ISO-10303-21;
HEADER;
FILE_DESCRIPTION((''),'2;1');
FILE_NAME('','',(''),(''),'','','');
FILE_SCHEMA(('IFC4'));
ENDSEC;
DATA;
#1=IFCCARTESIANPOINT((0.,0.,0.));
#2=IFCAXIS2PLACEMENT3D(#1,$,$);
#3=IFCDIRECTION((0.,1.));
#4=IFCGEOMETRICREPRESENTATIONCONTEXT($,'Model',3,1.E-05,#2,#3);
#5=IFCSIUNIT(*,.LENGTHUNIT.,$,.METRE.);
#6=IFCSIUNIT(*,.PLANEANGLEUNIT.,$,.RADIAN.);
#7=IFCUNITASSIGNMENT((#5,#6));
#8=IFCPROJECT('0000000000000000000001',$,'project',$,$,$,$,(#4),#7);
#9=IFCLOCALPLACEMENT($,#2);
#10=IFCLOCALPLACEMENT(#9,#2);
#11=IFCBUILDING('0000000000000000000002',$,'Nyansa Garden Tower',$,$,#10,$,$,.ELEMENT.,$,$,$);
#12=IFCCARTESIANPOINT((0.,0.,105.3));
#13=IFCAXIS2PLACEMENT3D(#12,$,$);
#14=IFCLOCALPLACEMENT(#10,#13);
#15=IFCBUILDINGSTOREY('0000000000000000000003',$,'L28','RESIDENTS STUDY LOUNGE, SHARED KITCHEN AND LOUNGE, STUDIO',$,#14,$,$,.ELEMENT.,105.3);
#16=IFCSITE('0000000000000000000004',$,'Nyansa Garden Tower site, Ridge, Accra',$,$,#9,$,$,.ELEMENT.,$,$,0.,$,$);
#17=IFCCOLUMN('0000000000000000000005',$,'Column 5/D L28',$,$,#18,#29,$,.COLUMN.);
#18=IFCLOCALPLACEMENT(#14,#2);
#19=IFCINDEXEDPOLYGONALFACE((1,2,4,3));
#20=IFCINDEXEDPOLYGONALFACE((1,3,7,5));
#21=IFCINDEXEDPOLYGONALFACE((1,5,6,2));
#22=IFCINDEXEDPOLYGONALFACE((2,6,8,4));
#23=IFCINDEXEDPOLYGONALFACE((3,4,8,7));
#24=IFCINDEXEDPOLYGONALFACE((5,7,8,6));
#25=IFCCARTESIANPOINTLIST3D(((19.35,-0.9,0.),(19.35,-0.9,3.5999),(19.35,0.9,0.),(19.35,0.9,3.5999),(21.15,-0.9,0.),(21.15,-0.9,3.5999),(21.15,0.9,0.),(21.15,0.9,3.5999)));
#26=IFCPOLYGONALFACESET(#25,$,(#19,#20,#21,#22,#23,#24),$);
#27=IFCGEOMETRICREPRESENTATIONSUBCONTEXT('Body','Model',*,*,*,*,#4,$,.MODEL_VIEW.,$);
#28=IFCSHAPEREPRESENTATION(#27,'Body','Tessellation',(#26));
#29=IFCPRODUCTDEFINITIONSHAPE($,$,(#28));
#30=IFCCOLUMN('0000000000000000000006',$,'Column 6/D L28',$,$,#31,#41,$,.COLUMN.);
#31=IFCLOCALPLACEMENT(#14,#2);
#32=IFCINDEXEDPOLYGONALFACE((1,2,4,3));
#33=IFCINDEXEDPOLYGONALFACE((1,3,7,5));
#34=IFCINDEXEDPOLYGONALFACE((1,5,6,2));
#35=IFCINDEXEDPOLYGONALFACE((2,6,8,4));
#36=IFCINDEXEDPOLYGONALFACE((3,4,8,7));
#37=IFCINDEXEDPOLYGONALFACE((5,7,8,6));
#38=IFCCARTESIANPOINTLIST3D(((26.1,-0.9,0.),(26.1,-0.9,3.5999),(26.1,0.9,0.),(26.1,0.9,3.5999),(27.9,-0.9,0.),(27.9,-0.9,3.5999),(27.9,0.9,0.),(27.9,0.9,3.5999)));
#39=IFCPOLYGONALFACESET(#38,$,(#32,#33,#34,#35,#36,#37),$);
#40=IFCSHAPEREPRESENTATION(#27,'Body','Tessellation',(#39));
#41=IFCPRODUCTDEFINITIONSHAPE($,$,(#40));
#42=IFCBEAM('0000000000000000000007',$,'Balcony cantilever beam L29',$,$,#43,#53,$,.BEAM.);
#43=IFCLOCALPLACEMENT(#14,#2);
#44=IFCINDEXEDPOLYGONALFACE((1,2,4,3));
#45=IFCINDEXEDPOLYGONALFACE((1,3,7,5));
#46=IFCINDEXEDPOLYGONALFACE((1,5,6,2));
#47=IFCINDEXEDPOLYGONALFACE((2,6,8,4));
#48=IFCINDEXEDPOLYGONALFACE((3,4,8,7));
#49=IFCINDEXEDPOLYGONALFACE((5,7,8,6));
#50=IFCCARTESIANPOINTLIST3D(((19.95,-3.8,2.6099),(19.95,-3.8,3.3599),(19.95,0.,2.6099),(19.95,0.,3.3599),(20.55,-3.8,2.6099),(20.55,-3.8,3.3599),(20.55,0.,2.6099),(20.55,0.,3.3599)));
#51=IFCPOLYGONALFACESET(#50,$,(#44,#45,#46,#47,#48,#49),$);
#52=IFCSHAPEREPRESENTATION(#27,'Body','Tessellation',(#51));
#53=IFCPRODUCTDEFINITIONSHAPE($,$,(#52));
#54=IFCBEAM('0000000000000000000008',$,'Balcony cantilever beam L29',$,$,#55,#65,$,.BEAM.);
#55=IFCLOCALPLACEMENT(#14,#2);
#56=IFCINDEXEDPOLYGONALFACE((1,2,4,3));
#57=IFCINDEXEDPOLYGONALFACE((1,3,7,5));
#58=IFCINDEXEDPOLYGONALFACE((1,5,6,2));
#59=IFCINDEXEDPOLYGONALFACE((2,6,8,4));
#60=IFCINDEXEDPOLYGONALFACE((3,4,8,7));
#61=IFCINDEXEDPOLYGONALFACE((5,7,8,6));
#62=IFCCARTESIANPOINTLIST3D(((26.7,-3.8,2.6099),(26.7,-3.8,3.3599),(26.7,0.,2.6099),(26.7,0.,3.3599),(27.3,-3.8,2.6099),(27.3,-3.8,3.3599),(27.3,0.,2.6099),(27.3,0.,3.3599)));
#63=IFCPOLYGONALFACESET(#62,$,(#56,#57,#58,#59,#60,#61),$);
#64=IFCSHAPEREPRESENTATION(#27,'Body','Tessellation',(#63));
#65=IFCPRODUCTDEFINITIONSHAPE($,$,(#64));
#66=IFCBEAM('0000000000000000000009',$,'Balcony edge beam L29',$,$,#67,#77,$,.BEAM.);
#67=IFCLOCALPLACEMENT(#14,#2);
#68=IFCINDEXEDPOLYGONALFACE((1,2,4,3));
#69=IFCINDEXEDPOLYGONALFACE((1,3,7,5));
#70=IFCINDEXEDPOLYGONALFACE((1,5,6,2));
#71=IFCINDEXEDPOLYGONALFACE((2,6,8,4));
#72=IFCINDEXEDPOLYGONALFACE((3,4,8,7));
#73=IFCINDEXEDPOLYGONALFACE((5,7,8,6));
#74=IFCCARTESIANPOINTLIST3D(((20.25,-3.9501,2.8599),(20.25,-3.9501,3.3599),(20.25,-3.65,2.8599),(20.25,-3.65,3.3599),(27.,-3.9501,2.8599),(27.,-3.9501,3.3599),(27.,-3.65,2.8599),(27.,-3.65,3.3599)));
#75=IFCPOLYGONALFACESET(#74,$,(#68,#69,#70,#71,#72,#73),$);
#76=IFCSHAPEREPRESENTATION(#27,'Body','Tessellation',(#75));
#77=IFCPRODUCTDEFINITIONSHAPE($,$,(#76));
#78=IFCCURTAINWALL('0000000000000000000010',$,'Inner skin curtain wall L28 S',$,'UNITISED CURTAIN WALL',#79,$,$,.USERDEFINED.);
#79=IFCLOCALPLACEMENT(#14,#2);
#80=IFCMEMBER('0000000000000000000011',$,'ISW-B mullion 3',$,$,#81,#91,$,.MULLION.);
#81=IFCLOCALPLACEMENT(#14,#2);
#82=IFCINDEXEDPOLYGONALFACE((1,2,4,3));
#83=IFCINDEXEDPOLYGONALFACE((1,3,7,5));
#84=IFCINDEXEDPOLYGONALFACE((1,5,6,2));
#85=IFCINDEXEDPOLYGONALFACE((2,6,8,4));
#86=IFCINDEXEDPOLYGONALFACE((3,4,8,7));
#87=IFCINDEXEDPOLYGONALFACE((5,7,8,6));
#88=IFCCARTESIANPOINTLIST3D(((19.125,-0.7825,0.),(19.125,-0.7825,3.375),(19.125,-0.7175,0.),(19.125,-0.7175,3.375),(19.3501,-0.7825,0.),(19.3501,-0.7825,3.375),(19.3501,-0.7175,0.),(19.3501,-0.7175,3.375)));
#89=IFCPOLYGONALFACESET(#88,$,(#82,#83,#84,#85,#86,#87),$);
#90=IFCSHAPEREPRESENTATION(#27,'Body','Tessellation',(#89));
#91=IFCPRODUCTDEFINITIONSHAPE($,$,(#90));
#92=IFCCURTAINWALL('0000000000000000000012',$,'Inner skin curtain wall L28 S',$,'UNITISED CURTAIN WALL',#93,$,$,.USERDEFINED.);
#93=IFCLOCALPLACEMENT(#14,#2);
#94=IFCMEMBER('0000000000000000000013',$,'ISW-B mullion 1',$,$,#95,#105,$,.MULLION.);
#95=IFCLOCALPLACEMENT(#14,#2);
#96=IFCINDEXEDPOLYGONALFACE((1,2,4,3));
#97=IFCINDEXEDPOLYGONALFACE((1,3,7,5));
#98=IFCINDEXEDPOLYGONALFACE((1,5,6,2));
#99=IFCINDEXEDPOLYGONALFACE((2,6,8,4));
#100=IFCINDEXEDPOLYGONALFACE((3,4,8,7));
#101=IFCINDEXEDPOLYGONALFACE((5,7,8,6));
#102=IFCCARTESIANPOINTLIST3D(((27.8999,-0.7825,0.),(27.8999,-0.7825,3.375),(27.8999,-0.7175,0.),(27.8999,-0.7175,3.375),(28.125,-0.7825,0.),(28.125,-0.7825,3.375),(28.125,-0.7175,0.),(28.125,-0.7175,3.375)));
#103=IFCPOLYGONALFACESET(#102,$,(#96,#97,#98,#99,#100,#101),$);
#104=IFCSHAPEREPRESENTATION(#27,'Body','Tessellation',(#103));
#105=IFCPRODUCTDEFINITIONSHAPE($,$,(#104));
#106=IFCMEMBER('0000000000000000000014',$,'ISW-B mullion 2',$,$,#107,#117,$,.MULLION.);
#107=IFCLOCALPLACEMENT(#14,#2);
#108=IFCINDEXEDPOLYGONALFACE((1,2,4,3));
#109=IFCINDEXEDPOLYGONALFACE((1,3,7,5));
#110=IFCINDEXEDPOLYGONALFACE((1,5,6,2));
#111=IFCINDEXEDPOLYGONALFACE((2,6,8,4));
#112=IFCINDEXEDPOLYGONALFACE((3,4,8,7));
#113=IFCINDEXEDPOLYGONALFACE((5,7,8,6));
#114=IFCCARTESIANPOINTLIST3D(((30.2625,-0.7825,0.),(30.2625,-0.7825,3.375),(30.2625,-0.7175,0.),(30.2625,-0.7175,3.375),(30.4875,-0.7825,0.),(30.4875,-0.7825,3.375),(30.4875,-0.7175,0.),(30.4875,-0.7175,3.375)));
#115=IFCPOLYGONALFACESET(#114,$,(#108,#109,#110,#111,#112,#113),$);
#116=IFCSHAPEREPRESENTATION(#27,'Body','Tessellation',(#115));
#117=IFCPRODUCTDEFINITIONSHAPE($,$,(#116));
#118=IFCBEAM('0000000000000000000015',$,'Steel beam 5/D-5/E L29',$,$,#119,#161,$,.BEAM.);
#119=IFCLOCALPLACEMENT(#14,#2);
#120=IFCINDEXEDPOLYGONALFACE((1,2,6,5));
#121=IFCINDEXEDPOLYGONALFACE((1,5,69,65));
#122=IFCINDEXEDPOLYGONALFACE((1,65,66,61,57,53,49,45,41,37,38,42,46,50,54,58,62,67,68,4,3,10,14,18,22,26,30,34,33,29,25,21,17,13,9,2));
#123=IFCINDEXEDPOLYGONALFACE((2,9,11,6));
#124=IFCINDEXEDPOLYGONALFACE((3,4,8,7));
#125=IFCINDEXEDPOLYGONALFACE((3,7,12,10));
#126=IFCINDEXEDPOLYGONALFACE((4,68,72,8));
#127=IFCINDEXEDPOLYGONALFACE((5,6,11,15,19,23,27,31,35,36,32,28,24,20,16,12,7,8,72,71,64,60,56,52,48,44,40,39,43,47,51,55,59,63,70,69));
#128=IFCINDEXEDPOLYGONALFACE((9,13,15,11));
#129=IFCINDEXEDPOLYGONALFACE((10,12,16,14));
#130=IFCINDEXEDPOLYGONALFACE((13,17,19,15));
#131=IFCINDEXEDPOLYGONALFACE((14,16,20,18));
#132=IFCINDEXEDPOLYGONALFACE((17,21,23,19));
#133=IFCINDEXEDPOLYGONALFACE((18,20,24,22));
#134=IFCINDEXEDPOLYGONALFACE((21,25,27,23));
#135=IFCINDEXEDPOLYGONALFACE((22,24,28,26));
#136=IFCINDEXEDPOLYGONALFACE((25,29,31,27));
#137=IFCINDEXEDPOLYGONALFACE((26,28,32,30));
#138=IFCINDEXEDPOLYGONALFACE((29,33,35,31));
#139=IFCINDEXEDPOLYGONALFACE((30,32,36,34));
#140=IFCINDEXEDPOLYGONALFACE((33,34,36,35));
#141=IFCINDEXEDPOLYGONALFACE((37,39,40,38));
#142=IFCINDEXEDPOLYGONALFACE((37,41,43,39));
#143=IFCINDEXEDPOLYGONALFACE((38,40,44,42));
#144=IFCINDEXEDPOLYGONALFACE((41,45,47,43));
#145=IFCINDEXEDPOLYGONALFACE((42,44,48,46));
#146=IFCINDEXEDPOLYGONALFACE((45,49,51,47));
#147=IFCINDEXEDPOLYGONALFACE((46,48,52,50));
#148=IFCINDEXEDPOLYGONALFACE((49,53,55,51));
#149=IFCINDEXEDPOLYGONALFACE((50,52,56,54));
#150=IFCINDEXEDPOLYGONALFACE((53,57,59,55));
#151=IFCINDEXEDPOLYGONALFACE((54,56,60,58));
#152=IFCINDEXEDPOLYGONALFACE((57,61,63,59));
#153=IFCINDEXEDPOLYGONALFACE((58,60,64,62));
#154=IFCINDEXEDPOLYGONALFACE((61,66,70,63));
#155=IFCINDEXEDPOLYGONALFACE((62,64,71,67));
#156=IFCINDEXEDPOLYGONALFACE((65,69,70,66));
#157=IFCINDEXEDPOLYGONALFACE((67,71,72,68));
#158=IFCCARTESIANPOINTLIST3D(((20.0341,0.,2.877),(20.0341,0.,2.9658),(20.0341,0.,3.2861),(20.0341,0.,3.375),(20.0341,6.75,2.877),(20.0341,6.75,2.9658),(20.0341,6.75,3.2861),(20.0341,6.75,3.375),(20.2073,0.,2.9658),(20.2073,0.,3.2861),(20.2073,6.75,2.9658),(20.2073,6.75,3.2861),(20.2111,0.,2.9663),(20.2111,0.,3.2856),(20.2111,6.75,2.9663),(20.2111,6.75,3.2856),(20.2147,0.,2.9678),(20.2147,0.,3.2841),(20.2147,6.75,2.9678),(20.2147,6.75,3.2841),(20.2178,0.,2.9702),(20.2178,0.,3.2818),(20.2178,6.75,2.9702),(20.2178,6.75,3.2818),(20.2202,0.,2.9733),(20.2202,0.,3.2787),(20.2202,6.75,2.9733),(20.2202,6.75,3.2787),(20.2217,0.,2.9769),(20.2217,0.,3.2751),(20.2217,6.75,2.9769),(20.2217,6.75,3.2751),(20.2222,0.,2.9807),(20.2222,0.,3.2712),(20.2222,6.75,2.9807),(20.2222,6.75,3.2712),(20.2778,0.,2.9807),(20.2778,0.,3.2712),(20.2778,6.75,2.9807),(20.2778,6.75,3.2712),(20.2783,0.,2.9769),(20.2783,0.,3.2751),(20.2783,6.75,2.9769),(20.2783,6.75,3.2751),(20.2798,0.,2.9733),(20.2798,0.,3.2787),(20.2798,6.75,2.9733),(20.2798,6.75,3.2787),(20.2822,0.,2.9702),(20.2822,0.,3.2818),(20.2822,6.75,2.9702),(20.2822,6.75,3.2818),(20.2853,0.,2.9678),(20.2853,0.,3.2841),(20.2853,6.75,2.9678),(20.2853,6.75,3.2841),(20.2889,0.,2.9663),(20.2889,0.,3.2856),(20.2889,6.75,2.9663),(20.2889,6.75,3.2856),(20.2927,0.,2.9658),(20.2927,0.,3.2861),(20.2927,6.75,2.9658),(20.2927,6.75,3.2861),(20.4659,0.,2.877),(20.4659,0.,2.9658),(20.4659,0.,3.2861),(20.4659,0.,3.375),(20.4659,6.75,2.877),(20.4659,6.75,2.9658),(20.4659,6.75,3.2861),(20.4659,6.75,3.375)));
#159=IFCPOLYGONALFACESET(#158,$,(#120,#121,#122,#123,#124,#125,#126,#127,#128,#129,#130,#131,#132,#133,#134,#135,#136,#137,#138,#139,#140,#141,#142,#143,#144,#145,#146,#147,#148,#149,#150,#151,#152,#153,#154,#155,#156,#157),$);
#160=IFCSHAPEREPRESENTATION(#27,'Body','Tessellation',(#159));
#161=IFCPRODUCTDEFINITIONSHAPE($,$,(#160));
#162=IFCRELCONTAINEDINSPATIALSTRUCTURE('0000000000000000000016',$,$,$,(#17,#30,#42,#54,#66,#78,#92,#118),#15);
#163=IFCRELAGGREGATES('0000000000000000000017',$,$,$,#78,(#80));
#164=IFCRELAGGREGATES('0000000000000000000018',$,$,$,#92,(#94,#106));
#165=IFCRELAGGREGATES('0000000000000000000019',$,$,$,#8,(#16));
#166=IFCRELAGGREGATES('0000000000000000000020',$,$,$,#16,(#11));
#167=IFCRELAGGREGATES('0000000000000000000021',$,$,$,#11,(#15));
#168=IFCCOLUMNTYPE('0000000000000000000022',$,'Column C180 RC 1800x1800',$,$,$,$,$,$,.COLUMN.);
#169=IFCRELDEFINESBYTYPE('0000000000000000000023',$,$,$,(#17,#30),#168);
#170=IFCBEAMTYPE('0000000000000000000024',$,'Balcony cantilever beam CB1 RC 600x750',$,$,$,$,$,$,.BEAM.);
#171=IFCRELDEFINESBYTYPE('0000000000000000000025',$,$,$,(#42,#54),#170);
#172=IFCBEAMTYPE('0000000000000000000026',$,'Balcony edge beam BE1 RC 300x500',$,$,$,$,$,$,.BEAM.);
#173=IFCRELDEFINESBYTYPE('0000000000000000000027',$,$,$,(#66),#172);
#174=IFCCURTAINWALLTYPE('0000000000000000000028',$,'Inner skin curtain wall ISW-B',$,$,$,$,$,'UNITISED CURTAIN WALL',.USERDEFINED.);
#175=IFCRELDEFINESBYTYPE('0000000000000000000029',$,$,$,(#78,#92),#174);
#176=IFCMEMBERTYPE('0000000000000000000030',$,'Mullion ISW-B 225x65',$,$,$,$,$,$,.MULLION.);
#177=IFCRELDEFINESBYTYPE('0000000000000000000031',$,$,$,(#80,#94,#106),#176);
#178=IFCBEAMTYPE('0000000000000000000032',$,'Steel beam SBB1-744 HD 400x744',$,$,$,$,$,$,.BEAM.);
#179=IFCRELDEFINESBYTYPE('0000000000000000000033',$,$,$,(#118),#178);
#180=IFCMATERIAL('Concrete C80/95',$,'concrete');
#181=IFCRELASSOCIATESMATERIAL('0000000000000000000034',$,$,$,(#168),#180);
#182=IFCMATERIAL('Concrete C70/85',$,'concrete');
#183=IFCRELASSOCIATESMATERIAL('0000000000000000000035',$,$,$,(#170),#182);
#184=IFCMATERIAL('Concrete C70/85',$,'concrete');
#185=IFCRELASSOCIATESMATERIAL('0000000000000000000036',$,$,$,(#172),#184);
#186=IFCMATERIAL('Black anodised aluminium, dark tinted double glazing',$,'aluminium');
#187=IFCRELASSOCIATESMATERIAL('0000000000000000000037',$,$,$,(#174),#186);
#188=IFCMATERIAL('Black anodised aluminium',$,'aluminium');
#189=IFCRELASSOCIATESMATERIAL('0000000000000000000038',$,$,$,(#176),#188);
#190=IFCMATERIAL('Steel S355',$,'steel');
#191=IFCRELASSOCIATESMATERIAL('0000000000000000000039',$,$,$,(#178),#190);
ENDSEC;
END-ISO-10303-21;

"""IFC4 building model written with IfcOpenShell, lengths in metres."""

from ifc_helpers import new_model, si_unit, direction, frame, origin, origin_2d, place, context, subcontext, project, spatial, rectangle, i_section, extrude, material, material_profile, profile_set, type_object, element, aggregate, save


model = new_model("IFC4")

# Units and contexts
model_context = context("Model", 3, precision=1e-05, world=origin(), true_north=direction((0.0, 1.0)))
body_context = subcontext(model_context, "Body", "Model", "MODEL_VIEW")
ifc_project = project(units=[si_unit("LENGTHUNIT", "METRE"), si_unit("PLANEANGLEUNIT", "RADIAN")], contexts=[model_context])

# Site, building, storey
site_placement = place(None, origin())
site = spatial("IfcSite", under=ifc_project, at=site_placement, Name="Nyansa Garden Tower site, Ridge, Accra", CompositionType="ELEMENT", RefElevation=0.0)
building_placement = place(site_placement, origin())
building = spatial("IfcBuilding", under=site, at=building_placement, Name="Nyansa Garden Tower", CompositionType="ELEMENT")
storey_placement = place(building_placement, frame((0.0, 0.0, 105.3)))
storey = spatial("IfcBuildingStorey", under=building, at=storey_placement, Name="L28", Description="RESIDENTS STUDY LOUNGE, SHARED KITCHEN AND LOUNGE, STUDIO", CompositionType="ELEMENT", Elevation=105.3)

# Columns
ifc_material_1 = material(Name="Concrete C80/95", Category="concrete")
ifc_material_profile_1 = material_profile(ifc_material_1, rectangle(XDim=1.8, YDim=1.8, at=origin_2d()), Name="RC 1800x1800")
ifc_profile_set_1 = profile_set([ifc_material_profile_1], Name="Concrete C80/95")
column_type = type_object("IfcColumnType", Name="Column C180 RC 1800x1800", PredefinedType="COLUMN", material=ifc_profile_set_1)
for number, where, z_axis, x_axis, name in (
    (1, (20.25, 0.0, 0.0), (0.0, 0.0, 1.0), (1.0, 0.0, 0.0), "Column 5/D L28"),
    (2, (27.0, 0.0, 0.0), (0.0, 0.0, 1.0), (1.0, 0.0, 0.0), "Column 6/D L28"),
):
    element("IfcColumn", number, at=place(storey_placement, frame(where, z_axis=z_axis, x_axis=x_axis)), inside=storey, type_object=column_type, Name=name, PredefinedType="COLUMN", context=body_context, shape_type="SweptSolid", body=[
        extrude(rectangle(XDim=1.8, YDim=1.8, at=origin_2d()), origin(), (0.0, 0.0, 1.0), 3.5999),
    ])

# Beams
ifc_material_2 = material(Name="Concrete C70/85", Category="concrete")
ifc_material_profile_2 = material_profile(ifc_material_2, rectangle(XDim=0.6001, YDim=0.75, at=origin_2d()), Name="RC 600x750")
ifc_profile_set_2 = profile_set([ifc_material_profile_2], Name="Concrete C70/85")
beam_type_1 = type_object("IfcBeamType", Name="Balcony cantilever beam CB1 RC 600x750", PredefinedType="BEAM", material=ifc_profile_set_2)
for number, where, z_axis, x_axis, name in (
    (3, (20.25, 0.0, 2.9849), (0.0, -1.0, 0.0), (1.0, 0.0, 0.0), "Balcony cantilever beam L29"),
    (4, (27.0, 0.0, 2.9849), (0.0, -1.0, 0.0), (1.0, 0.0, 0.0), "Balcony cantilever beam L29"),
):
    element("IfcBeam", number, at=place(storey_placement, frame(where, z_axis=z_axis, x_axis=x_axis)), inside=storey, type_object=beam_type_1, Name=name, PredefinedType="BEAM", context=body_context, shape_type="SweptSolid", body=[
        extrude(rectangle(XDim=0.6001, YDim=0.75, at=origin_2d()), origin(), (0.0, 0.0, 1.0), 3.8),
    ])
ifc_material_3 = material(Name="Concrete C70/85", Category="concrete")
ifc_material_profile_3 = material_profile(ifc_material_3, rectangle(XDim=0.3, YDim=0.5, at=origin_2d()), Name="RC 300x500")
ifc_profile_set_3 = profile_set([ifc_material_profile_3], Name="Concrete C70/85")
beam_type_2 = type_object("IfcBeamType", Name="Balcony edge beam BE1 RC 300x500", PredefinedType="BEAM", material=ifc_profile_set_3)
beam_placement = place(storey_placement, frame((20.25, -3.8, 3.1099), z_axis=(1.0, 0.0, 0.0), x_axis=(0.0, 1.0, 0.0)))
element("IfcBeam", 5, at=beam_placement, inside=storey, type_object=beam_type_2, Name="Balcony edge beam L29", PredefinedType="BEAM", context=body_context, shape_type="SweptSolid", body=[
    extrude(rectangle(XDim=0.3, YDim=0.5, at=origin_2d()), origin(), (0.0, 0.0, 1.0), 6.75),
])

# Curtain wall, member
ifc_material_4 = material(Name="Black anodised aluminium, dark tinted double glazing", Category="aluminium")
curtain_wall_type = type_object("IfcCurtainWallType", Name="Inner skin curtain wall ISW-B", ElementType="UNITISED CURTAIN WALL", PredefinedType="USERDEFINED", material=ifc_material_4)
curtain_wall_1_placement = place(storey_placement, origin())
curtain_wall_1 = element("IfcCurtainWall", 6, at=curtain_wall_1_placement, inside=storey, type_object=curtain_wall_type, Name="Inner skin curtain wall L28 S", ObjectType="UNITISED CURTAIN WALL", PredefinedType="USERDEFINED")
ifc_material_5 = material(Name="Black anodised aluminium", Category="aluminium")
ifc_material_profile_4 = material_profile(ifc_material_5, rectangle(XDim=0.0649, YDim=0.2251, at=origin_2d()), Name="Mullion 225x65")
ifc_profile_set_4 = profile_set([ifc_material_profile_4], Name="Black anodised aluminium")
member_type_1 = type_object("IfcMemberType", Name="Mullion ISW-B 225x65", PredefinedType="MULLION", material=ifc_profile_set_4)
member_1_placement = place(storey_placement, frame((19.2375, -0.75, 0.0), z_axis=(0.0, 0.0, 1.0), x_axis=(0.0, 1.0, 0.0)))
member_1 = element("IfcMember", 7, at=member_1_placement, type_object=member_type_1, Name="ISW-B mullion 3", PredefinedType="MULLION", context=body_context, shape_type="SweptSolid", body=[
    extrude(rectangle(XDim=0.0649, YDim=0.2251, at=origin_2d()), origin(), (0.0, 0.0, 1.0), 3.375),
])
aggregate(curtain_wall_1, [member_1])

# Curtain wall, members
curtain_wall_2_placement = place(storey_placement, origin())
curtain_wall_2 = element("IfcCurtainWall", 8, at=curtain_wall_2_placement, inside=storey, type_object=curtain_wall_type, Name="Inner skin curtain wall L28 S", ObjectType="UNITISED CURTAIN WALL", PredefinedType="USERDEFINED")
member_2_placement = place(storey_placement, frame((28.0125, -0.75, 0.0), z_axis=(0.0, 0.0, 1.0), x_axis=(0.0, 1.0, 0.0)))
member_2 = element("IfcMember", 9, at=member_2_placement, type_object=member_type_1, Name="ISW-B mullion 1", PredefinedType="MULLION", context=body_context, shape_type="SweptSolid", body=[
    extrude(rectangle(XDim=0.0649, YDim=0.2251, at=origin_2d()), origin(), (0.0, 0.0, 1.0), 3.375),
])
member_3_placement = place(storey_placement, frame((30.375, -0.75, 0.0), z_axis=(0.0, 0.0, 1.0), x_axis=(0.0, 1.0, 0.0)))
member_3 = element("IfcMember", 10, at=member_3_placement, type_object=member_type_1, Name="ISW-B mullion 2", PredefinedType="MULLION", context=body_context, shape_type="SweptSolid", body=[
    extrude(rectangle(XDim=0.0649, YDim=0.2251, at=origin_2d()), origin(), (0.0, 0.0, 1.0), 3.375),
])

# Beam
ifc_material_6 = material(Name="Steel S355", Category="steel")
ifc_material_profile_5 = material_profile(ifc_material_6, i_section(OverallWidth=0.4319, OverallDepth=0.498, WebThickness=0.0557, FlangeThickness=0.0889, FilletRadius=0.0149, at=origin_2d()), Name="HD 400x744")
ifc_profile_set_5 = profile_set([ifc_material_profile_5], Name="Steel S355")
beam_type_3 = type_object("IfcBeamType", Name="Steel beam SBB1-744 HD 400x744", PredefinedType="BEAM", material=ifc_profile_set_5)
for number, where, z_axis, x_axis, name in (
    (11, (20.25, 0.0, 3.126), (0.0, 1.0, 0.0), (-1.0, 0.0, 0.0), "Steel beam 5/D-5/E L29"),
):
    element("IfcBeam", number, at=place(storey_placement, frame(where, z_axis=z_axis, x_axis=x_axis)), inside=storey, type_object=beam_type_3, Name=name, PredefinedType="BEAM", context=body_context, shape_type="SweptSolid", body=[
        extrude(i_section(OverallWidth=0.4319, OverallDepth=0.498, WebThickness=0.0557, FlangeThickness=0.0889, FilletRadius=0.0149, at=origin_2d()), origin(), (0.0, 0.0, 1.0), 6.75),
    ])

aggregate(curtain_wall_2, [member_2, member_3])

save(model, "model.ifc")
